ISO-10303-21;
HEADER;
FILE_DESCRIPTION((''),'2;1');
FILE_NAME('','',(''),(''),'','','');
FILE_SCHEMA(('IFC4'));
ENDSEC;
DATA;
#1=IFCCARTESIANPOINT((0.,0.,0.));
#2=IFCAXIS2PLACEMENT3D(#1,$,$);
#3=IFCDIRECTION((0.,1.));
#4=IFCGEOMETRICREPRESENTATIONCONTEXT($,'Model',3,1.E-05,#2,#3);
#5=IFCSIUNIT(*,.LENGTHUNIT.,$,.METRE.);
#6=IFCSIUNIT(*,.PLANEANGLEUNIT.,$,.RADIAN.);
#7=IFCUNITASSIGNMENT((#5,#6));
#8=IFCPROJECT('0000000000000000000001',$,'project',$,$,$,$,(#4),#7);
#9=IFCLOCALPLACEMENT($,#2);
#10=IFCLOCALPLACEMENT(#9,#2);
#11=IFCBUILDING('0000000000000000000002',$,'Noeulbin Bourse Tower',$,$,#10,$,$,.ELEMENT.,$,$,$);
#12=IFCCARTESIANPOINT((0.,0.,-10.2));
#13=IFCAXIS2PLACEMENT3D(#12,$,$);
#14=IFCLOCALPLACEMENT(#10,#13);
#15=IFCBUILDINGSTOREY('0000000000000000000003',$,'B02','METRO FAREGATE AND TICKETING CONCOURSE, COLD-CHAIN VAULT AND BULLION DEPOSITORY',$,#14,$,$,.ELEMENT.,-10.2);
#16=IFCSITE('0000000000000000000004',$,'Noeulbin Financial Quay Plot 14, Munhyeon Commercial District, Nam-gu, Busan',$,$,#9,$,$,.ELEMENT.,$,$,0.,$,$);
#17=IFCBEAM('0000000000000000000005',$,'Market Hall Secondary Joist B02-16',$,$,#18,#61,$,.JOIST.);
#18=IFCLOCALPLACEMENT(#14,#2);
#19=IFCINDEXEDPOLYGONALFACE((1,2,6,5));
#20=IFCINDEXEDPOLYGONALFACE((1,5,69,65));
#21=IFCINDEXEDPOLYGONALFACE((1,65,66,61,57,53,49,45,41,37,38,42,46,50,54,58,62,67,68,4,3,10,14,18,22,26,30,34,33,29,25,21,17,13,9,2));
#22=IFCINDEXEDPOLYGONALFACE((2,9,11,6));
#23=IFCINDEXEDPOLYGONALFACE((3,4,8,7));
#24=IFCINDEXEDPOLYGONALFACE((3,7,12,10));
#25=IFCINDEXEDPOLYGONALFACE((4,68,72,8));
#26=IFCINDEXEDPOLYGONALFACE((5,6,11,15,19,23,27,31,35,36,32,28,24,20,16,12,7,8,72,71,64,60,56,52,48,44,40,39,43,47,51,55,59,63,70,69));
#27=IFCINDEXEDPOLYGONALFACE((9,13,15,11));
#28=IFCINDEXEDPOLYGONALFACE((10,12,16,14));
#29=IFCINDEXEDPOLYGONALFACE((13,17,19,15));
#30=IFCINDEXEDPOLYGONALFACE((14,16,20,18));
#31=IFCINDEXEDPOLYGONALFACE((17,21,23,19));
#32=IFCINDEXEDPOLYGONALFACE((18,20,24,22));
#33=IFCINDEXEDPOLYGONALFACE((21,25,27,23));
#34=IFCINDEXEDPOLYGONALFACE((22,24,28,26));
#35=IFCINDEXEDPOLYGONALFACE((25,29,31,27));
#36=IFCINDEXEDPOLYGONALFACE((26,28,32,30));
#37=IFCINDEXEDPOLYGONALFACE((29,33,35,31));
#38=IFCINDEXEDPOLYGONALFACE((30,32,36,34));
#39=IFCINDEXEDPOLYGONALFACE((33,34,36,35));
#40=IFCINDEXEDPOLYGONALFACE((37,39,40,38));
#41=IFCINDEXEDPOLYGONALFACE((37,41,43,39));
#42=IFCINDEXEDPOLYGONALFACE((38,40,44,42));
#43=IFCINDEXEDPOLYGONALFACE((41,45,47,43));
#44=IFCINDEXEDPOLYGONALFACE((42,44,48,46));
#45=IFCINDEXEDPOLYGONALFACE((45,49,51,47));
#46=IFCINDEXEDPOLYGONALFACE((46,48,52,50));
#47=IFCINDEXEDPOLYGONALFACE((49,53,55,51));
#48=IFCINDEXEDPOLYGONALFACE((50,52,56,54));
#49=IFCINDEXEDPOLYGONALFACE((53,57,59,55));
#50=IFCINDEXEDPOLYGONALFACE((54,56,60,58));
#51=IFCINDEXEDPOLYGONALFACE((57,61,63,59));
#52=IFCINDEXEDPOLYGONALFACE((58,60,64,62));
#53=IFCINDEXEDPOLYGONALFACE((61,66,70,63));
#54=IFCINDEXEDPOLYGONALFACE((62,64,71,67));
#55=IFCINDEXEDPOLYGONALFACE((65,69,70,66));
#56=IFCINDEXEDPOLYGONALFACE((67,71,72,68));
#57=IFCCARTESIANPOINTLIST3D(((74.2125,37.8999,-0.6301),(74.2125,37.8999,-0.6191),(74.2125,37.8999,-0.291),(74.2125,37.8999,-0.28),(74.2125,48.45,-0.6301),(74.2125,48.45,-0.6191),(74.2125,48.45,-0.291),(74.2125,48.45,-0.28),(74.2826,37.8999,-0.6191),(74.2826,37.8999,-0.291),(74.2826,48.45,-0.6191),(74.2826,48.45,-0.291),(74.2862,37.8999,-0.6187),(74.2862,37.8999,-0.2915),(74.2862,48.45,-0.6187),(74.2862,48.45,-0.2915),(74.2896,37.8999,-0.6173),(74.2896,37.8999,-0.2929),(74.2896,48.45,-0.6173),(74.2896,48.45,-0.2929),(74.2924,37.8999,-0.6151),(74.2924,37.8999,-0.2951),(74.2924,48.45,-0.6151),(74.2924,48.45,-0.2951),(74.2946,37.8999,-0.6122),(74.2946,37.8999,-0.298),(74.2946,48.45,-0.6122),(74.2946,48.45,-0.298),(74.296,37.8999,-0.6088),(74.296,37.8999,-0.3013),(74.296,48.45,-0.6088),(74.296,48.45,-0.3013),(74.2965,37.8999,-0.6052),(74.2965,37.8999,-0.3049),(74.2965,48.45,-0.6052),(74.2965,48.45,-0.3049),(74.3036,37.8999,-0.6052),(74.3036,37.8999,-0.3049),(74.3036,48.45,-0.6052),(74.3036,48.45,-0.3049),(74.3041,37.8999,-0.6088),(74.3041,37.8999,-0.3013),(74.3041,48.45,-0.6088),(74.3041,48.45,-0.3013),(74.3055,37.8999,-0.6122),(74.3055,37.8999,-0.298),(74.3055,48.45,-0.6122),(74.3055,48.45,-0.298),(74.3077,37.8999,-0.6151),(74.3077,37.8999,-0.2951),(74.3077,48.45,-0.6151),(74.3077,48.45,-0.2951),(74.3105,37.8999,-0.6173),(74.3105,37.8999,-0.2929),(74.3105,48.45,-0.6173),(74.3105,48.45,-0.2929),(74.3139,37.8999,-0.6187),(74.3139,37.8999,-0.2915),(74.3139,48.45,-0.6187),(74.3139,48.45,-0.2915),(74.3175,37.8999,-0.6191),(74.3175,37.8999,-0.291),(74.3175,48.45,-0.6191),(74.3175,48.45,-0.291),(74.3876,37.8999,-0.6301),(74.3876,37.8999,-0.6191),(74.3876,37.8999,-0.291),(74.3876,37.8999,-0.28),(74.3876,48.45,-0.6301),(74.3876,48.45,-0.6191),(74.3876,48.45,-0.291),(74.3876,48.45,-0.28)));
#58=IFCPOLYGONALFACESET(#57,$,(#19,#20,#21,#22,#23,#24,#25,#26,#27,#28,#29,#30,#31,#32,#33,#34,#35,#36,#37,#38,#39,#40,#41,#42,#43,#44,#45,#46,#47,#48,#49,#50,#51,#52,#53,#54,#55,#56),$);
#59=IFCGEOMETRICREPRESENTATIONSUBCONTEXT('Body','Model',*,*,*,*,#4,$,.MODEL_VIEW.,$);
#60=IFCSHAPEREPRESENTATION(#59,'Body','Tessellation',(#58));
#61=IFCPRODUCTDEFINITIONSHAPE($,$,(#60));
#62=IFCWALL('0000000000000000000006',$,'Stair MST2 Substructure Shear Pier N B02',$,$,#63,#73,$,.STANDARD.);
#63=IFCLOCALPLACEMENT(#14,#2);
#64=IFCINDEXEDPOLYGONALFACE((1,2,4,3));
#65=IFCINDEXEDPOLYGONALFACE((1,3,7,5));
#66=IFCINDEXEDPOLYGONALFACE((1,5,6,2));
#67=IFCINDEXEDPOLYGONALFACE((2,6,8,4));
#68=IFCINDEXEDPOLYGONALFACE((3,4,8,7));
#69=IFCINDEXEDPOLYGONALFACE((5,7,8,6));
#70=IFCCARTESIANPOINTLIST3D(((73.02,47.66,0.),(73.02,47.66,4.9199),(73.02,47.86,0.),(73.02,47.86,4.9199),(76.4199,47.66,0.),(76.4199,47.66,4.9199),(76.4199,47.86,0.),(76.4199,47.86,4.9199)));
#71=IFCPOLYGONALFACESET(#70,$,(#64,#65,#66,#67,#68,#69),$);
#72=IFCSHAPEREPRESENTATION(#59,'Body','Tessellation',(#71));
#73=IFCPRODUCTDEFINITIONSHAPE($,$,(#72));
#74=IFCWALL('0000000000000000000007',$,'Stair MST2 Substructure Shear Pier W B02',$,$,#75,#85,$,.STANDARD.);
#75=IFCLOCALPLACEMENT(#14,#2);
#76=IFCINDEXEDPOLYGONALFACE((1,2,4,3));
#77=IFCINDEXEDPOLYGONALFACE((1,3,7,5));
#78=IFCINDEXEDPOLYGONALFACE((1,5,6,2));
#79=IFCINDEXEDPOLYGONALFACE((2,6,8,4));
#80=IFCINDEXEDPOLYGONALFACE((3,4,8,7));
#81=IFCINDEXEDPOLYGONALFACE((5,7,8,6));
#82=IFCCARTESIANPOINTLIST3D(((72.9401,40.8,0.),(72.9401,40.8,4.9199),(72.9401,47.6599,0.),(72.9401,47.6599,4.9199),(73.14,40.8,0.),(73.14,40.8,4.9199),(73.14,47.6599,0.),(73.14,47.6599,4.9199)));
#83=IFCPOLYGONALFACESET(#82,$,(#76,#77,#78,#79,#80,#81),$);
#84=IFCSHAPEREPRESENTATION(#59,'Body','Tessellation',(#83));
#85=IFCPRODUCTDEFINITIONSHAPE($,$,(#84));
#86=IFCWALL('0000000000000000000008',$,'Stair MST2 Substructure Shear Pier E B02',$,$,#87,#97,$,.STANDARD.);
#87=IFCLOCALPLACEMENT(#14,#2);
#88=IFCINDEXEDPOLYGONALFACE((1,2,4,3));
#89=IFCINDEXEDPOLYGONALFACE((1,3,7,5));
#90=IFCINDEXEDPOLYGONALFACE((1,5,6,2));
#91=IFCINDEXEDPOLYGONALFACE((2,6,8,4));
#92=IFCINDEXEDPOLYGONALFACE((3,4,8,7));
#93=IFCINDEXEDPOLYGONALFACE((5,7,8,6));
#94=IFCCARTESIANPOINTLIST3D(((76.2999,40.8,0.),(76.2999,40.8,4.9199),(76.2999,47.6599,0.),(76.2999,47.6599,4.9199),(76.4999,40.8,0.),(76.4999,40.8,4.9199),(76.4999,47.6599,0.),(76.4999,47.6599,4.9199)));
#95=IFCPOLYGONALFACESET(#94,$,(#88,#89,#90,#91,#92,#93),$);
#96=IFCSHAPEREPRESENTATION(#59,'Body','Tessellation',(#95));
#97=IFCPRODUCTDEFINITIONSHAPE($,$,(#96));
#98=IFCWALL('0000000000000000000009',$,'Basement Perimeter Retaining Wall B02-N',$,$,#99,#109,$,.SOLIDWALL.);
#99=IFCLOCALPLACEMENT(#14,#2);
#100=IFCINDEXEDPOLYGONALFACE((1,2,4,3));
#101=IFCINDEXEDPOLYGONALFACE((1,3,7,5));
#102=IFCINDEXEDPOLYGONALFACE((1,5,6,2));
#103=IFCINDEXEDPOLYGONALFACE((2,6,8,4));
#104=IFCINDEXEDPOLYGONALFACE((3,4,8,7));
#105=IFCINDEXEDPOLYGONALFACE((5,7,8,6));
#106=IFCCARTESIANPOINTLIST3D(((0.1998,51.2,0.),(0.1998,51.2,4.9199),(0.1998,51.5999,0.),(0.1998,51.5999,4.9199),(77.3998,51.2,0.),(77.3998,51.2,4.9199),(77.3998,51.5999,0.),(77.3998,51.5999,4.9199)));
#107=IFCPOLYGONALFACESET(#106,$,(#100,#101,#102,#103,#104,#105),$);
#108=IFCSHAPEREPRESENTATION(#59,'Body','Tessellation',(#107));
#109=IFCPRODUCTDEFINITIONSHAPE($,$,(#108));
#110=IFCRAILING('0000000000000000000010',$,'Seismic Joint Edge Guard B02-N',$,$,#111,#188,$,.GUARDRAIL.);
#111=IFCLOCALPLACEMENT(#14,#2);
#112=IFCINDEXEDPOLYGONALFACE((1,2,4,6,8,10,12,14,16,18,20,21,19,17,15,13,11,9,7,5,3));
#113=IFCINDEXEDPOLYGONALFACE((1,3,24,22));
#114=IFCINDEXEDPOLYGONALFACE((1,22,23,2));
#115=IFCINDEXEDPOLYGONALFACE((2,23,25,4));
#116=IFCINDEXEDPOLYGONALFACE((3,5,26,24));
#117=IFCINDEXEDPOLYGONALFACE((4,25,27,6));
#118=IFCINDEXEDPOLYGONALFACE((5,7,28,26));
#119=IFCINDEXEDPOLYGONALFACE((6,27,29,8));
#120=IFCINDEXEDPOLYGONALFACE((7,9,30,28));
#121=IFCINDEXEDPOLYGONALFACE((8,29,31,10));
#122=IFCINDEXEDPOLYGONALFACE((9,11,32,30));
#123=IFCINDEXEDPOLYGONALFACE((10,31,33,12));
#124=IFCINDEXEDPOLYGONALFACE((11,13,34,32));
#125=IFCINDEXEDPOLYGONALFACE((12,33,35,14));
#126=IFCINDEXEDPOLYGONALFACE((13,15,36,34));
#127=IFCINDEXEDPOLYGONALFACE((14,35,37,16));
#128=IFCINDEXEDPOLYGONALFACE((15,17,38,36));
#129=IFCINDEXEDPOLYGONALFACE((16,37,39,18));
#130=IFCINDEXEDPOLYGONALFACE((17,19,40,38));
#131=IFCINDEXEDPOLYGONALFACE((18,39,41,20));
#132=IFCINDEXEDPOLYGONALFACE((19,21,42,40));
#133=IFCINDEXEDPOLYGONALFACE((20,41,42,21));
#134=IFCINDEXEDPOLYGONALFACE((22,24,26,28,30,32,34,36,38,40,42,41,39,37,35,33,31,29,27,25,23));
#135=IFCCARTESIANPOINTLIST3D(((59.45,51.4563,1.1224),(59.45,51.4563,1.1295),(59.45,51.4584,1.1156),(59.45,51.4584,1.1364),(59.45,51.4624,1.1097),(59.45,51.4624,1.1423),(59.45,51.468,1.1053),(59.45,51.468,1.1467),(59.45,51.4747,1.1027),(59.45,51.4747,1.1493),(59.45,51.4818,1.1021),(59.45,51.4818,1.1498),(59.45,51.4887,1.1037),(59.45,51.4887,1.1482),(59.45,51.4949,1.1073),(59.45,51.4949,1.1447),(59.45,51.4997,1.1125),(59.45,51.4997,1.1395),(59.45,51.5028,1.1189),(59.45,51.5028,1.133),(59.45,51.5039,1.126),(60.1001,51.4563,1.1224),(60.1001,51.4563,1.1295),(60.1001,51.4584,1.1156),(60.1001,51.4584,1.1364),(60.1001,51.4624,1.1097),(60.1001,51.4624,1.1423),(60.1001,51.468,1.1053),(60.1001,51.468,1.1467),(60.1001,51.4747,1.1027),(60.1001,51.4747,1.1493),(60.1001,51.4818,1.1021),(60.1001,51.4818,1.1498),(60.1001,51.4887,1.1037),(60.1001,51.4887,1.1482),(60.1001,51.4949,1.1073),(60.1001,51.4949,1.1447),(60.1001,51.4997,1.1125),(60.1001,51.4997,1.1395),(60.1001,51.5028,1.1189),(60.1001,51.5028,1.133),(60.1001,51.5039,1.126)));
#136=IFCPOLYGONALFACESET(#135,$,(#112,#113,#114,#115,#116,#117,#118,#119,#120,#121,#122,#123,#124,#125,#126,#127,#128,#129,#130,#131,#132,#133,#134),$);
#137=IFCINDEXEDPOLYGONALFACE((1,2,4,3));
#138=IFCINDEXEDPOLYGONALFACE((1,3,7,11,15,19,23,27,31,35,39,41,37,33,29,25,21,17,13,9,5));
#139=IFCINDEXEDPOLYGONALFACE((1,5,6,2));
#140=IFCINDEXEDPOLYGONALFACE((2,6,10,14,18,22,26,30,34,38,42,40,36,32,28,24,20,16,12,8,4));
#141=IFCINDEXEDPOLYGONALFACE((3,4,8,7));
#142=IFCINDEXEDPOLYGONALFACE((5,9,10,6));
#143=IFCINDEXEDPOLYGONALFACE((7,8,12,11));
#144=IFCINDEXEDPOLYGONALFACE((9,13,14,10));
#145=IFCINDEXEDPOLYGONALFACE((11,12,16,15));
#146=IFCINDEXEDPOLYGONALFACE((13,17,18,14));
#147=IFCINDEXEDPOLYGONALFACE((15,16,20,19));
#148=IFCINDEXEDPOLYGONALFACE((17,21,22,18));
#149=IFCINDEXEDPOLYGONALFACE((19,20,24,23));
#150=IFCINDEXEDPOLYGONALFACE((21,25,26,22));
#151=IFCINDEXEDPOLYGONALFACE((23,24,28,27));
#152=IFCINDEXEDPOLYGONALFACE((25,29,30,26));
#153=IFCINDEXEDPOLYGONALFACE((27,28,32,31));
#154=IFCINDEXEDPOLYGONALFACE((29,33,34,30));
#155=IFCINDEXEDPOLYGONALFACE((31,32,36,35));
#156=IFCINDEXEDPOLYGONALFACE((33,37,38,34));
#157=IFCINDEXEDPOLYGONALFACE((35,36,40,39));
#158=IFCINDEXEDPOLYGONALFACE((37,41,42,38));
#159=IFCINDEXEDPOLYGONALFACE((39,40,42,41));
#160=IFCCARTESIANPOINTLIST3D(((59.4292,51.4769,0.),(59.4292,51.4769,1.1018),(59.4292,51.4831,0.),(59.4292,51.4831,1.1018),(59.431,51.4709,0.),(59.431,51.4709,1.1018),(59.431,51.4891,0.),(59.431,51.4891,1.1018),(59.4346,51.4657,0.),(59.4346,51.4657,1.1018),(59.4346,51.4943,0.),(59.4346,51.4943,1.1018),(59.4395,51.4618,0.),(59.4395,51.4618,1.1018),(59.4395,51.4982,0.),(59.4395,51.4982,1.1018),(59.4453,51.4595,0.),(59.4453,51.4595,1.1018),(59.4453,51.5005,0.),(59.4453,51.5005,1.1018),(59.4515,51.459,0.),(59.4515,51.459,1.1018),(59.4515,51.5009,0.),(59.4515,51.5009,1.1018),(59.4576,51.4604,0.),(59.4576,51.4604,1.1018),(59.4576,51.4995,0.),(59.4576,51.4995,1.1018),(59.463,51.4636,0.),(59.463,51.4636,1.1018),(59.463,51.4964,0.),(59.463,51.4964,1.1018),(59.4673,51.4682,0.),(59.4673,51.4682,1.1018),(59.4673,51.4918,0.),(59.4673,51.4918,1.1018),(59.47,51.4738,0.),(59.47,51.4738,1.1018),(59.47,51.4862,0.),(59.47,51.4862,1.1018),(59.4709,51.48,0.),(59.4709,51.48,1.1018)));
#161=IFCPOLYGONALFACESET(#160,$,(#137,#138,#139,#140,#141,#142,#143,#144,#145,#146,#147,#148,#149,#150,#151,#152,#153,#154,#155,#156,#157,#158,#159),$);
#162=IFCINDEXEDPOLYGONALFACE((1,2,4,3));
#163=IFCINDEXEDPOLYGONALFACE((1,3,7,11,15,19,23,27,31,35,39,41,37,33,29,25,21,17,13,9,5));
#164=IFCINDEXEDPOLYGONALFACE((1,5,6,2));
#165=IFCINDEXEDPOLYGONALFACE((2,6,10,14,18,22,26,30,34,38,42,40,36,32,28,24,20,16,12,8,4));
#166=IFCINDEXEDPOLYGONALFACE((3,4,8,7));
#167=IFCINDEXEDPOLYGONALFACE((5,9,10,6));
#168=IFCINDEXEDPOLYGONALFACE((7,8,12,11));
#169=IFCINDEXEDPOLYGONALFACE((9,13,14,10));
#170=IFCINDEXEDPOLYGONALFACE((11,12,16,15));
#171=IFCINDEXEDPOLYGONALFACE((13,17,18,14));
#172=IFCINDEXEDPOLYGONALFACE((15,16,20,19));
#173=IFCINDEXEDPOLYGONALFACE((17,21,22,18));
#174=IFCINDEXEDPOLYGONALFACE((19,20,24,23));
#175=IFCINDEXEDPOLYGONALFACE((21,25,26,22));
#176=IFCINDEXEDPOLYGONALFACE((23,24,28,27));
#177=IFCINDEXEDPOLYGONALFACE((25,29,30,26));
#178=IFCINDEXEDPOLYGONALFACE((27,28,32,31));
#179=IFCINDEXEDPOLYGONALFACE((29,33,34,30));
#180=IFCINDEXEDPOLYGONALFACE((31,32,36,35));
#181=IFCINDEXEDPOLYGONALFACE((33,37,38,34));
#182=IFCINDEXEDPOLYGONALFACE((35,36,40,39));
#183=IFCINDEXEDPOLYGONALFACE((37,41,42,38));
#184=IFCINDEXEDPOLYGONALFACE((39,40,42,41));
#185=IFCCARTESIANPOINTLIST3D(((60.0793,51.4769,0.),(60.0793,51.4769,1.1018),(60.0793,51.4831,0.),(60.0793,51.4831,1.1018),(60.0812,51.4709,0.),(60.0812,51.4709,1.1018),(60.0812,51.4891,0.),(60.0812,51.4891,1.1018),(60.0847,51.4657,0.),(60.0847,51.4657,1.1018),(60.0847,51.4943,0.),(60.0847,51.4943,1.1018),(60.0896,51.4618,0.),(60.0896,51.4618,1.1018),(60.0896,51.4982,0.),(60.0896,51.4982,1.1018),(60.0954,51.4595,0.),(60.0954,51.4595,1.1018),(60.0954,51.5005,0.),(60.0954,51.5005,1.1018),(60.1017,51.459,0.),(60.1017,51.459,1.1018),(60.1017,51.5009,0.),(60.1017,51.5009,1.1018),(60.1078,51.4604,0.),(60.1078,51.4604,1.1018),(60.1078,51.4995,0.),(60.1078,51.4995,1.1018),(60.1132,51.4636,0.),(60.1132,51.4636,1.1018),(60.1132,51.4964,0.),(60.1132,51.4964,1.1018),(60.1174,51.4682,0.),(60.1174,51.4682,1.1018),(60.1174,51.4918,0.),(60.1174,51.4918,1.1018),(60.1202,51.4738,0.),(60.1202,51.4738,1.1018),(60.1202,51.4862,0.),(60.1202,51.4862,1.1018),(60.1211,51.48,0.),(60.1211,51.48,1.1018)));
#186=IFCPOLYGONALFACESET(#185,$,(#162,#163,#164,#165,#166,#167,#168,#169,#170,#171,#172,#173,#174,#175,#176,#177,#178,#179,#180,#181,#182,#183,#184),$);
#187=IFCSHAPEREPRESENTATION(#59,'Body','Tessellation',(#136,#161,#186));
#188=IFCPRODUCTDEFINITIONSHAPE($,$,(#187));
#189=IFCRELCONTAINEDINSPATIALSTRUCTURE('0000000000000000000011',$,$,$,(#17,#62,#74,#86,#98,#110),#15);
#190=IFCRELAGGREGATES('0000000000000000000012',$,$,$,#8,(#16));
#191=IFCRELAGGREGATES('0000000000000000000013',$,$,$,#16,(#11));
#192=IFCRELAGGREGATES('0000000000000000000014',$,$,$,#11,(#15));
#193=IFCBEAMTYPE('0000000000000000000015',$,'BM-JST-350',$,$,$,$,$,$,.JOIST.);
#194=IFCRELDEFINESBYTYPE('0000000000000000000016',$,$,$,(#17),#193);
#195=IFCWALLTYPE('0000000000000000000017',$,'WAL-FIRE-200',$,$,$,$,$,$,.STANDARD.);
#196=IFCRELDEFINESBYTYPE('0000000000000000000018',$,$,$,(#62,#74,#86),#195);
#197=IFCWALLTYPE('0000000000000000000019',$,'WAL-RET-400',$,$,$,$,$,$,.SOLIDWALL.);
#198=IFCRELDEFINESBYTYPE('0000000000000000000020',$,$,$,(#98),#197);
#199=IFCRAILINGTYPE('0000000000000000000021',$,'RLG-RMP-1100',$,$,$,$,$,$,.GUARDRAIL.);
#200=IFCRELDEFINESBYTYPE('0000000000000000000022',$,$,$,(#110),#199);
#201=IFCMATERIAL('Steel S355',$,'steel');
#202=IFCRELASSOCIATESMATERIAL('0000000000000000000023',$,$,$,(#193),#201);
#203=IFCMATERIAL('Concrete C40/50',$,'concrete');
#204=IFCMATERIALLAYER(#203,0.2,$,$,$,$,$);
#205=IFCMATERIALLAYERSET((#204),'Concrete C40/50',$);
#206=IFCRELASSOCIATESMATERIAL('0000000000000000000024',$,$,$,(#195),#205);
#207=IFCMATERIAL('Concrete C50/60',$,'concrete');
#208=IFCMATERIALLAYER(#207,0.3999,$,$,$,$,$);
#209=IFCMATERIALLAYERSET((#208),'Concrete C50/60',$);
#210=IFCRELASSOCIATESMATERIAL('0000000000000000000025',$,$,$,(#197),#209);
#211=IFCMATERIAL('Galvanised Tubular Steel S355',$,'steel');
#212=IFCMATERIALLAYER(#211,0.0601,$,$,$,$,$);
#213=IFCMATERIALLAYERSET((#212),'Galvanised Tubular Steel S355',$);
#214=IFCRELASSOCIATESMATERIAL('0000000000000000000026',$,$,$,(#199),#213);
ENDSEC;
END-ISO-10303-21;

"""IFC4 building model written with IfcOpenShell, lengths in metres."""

from ifc_helpers import new_model, si_unit, direction, frame, frame_2d, origin, origin_2d, place, context, subcontext, project, spatial, rectangle, circle, i_section, extrude, material, layer, layer_set, material_profile, profile_set, type_object, element, save


model = new_model("IFC4")

# Units and contexts
model_context = context("Model", 3, precision=1e-05, world=origin(), true_north=direction((0.0, 1.0)))
body_context = subcontext(model_context, "Body", "Model", "MODEL_VIEW")
ifc_project = project(units=[si_unit("LENGTHUNIT", "METRE"), si_unit("PLANEANGLEUNIT", "RADIAN")], contexts=[model_context])

# Site, building, storey
site_placement = place(None, origin())
site = spatial("IfcSite", under=ifc_project, at=site_placement, Name="Noeulbin Financial Quay Plot 14, Munhyeon Commercial District, Nam-gu, Busan", CompositionType="ELEMENT", RefElevation=0.0)
building_placement = place(site_placement, origin())
building = spatial("IfcBuilding", under=site, at=building_placement, Name="Noeulbin Bourse Tower", CompositionType="ELEMENT")
storey_placement = place(building_placement, frame((0.0, 0.0, -10.2)))
storey = spatial("IfcBuildingStorey", under=building, at=storey_placement, Name="B02", Description="METRO FAREGATE AND TICKETING CONCOURSE, COLD-CHAIN VAULT AND BULLION DEPOSITORY", CompositionType="ELEMENT", Elevation=-10.2)

# Shared definitions
ifc_material_1 = material(Name="Concrete C40/50", Category="concrete")
ifc_material_2 = material(Name="Concrete C50/60", Category="concrete")

# Beam
ifc_material_3 = material(Name="Steel S355", Category="steel")
ifc_material_profile_1 = material_profile(ifc_material_3, i_section(OverallWidth=0.175, OverallDepth=0.3501, WebThickness=0.0071, FlangeThickness=0.011, FilletRadius=0.0139, at=origin_2d()), Name="H-350x175x7x11", Category="LoadBearing")
ifc_profile_set_1 = profile_set([ifc_material_profile_1], Name="Steel S355")
beam_type_1 = type_object("IfcBeamType", Name="BM-JST-350", PredefinedType="JOIST", material=ifc_profile_set_1)
for number, where, z_axis, x_axis, name in (
    (1, (74.3, 37.8999, -0.4551), (0.0, 1.0, 0.0), (-1.0, 0.0, 0.0), "Market Hall Secondary Joist B02-16"),
):
    element("IfcBeam", number, at=place(storey_placement, frame(where, z_axis=z_axis, x_axis=x_axis)), inside=storey, type_object=beam_type_1, Name=name, PredefinedType="JOIST", context=body_context, shape_type="SweptSolid", body=[
        extrude(i_section(OverallWidth=0.175, OverallDepth=0.3501, WebThickness=0.0071, FlangeThickness=0.011, FilletRadius=0.0139, at=origin_2d()), origin(), (0.0, 0.0, 1.0), 10.55),
    ])

# Walls
ifc_layer_1 = layer(ifc_material_1, 0.2)
ifc_layer_set_1 = layer_set([ifc_layer_1], Name="Concrete C40/50")
wall_type_1 = type_object("IfcWallType", Name="WAL-FIRE-200", PredefinedType="STANDARD", material=ifc_layer_set_1)
wall_1_placement = place(storey_placement, frame((73.02, 47.76, 0.0), z_axis=(0.0, 0.0, 1.0), x_axis=(1.0, 0.0, 0.0)))
element("IfcWall", 2, at=wall_1_placement, inside=storey, type_object=wall_type_1, Name="Stair MST2 Substructure Shear Pier N B02", PredefinedType="STANDARD", context=body_context, shape_type="SweptSolid", body=[
    extrude(rectangle(XDim=3.3999, YDim=0.2, at=frame_2d((1.7, 0.0))), origin(), (0.0, 0.0, 1.0), 4.9199),
])
for number, where, z_axis, x_axis, name in (
    (3, (73.04, 40.8, 0.0), (0.0, 0.0, 1.0), (0.0, 1.0, 0.0), "Stair MST2 Substructure Shear Pier W B02"),
    (4, (76.3999, 40.8, 0.0), (0.0, 0.0, 1.0), (0.0, 1.0, 0.0), "Stair MST2 Substructure Shear Pier E B02"),
):
    element("IfcWall", number, at=place(storey_placement, frame(where, z_axis=z_axis, x_axis=x_axis)), inside=storey, type_object=wall_type_1, Name=name, PredefinedType="STANDARD", context=body_context, shape_type="SweptSolid", body=[
        extrude(rectangle(XDim=6.8599, YDim=0.2, at=frame_2d((3.4299, 0.0))), origin(), (0.0, 0.0, 1.0), 4.9199),
    ])
ifc_layer_2 = layer(ifc_material_2, 0.3999)
ifc_layer_set_2 = layer_set([ifc_layer_2], Name="Concrete C50/60")
wall_type_2 = type_object("IfcWallType", Name="WAL-RET-400", PredefinedType="SOLIDWALL", material=ifc_layer_set_2)
wall_2_placement = place(storey_placement, frame((77.3999, 51.3999, 0.0), z_axis=(0.0, 0.0, 1.0), x_axis=(-1.0, 0.0, 0.0)))
element("IfcWall", 5, at=wall_2_placement, inside=storey, type_object=wall_type_2, Name="Basement Perimeter Retaining Wall B02-N", PredefinedType="SOLIDWALL", context=body_context, shape_type="SweptSolid", body=[
    extrude(rectangle(XDim=77.2, YDim=0.3999, at=frame_2d((38.6001, 0.0))), origin(), (0.0, 0.0, 1.0), 4.9199),
])

# Railing
ifc_material_4 = material(Name="Galvanised Tubular Steel S355", Category="steel")
ifc_layer_3 = layer(ifc_material_4, 0.0601)
ifc_layer_set_3 = layer_set([ifc_layer_3], Name="Galvanised Tubular Steel S355")
railing_type = type_object("IfcRailingType", Name="RLG-RMP-1100", PredefinedType="GUARDRAIL", material=ifc_layer_set_3)
railing_placement = place(storey_placement, frame((59.45, 51.48, 0.0)))
element("IfcRailing", 6, at=railing_placement, inside=storey, type_object=railing_type, Name="Seismic Joint Edge Guard B02-N", PredefinedType="GUARDRAIL", context=body_context, shape_type="SweptSolid", body=[
    extrude(circle(Radius=0.0239, at=origin_2d()), frame((0.0, 0.0, 1.126), z_axis=(1.0, 0.0, 0.0), x_axis=(0.0, 1.0, 0.0)), (0.0, 0.0, 1.0), 0.6501),
    extrude(circle(Radius=0.021, at=origin_2d()), origin(), (0.0, 0.0, 1.0), 1.1018),
    extrude(circle(Radius=0.021, at=origin_2d()), frame((0.6501, 0.0, 0.0)), (0.0, 0.0, 1.0), 1.1018),
])

save(model, "model.ifc")
